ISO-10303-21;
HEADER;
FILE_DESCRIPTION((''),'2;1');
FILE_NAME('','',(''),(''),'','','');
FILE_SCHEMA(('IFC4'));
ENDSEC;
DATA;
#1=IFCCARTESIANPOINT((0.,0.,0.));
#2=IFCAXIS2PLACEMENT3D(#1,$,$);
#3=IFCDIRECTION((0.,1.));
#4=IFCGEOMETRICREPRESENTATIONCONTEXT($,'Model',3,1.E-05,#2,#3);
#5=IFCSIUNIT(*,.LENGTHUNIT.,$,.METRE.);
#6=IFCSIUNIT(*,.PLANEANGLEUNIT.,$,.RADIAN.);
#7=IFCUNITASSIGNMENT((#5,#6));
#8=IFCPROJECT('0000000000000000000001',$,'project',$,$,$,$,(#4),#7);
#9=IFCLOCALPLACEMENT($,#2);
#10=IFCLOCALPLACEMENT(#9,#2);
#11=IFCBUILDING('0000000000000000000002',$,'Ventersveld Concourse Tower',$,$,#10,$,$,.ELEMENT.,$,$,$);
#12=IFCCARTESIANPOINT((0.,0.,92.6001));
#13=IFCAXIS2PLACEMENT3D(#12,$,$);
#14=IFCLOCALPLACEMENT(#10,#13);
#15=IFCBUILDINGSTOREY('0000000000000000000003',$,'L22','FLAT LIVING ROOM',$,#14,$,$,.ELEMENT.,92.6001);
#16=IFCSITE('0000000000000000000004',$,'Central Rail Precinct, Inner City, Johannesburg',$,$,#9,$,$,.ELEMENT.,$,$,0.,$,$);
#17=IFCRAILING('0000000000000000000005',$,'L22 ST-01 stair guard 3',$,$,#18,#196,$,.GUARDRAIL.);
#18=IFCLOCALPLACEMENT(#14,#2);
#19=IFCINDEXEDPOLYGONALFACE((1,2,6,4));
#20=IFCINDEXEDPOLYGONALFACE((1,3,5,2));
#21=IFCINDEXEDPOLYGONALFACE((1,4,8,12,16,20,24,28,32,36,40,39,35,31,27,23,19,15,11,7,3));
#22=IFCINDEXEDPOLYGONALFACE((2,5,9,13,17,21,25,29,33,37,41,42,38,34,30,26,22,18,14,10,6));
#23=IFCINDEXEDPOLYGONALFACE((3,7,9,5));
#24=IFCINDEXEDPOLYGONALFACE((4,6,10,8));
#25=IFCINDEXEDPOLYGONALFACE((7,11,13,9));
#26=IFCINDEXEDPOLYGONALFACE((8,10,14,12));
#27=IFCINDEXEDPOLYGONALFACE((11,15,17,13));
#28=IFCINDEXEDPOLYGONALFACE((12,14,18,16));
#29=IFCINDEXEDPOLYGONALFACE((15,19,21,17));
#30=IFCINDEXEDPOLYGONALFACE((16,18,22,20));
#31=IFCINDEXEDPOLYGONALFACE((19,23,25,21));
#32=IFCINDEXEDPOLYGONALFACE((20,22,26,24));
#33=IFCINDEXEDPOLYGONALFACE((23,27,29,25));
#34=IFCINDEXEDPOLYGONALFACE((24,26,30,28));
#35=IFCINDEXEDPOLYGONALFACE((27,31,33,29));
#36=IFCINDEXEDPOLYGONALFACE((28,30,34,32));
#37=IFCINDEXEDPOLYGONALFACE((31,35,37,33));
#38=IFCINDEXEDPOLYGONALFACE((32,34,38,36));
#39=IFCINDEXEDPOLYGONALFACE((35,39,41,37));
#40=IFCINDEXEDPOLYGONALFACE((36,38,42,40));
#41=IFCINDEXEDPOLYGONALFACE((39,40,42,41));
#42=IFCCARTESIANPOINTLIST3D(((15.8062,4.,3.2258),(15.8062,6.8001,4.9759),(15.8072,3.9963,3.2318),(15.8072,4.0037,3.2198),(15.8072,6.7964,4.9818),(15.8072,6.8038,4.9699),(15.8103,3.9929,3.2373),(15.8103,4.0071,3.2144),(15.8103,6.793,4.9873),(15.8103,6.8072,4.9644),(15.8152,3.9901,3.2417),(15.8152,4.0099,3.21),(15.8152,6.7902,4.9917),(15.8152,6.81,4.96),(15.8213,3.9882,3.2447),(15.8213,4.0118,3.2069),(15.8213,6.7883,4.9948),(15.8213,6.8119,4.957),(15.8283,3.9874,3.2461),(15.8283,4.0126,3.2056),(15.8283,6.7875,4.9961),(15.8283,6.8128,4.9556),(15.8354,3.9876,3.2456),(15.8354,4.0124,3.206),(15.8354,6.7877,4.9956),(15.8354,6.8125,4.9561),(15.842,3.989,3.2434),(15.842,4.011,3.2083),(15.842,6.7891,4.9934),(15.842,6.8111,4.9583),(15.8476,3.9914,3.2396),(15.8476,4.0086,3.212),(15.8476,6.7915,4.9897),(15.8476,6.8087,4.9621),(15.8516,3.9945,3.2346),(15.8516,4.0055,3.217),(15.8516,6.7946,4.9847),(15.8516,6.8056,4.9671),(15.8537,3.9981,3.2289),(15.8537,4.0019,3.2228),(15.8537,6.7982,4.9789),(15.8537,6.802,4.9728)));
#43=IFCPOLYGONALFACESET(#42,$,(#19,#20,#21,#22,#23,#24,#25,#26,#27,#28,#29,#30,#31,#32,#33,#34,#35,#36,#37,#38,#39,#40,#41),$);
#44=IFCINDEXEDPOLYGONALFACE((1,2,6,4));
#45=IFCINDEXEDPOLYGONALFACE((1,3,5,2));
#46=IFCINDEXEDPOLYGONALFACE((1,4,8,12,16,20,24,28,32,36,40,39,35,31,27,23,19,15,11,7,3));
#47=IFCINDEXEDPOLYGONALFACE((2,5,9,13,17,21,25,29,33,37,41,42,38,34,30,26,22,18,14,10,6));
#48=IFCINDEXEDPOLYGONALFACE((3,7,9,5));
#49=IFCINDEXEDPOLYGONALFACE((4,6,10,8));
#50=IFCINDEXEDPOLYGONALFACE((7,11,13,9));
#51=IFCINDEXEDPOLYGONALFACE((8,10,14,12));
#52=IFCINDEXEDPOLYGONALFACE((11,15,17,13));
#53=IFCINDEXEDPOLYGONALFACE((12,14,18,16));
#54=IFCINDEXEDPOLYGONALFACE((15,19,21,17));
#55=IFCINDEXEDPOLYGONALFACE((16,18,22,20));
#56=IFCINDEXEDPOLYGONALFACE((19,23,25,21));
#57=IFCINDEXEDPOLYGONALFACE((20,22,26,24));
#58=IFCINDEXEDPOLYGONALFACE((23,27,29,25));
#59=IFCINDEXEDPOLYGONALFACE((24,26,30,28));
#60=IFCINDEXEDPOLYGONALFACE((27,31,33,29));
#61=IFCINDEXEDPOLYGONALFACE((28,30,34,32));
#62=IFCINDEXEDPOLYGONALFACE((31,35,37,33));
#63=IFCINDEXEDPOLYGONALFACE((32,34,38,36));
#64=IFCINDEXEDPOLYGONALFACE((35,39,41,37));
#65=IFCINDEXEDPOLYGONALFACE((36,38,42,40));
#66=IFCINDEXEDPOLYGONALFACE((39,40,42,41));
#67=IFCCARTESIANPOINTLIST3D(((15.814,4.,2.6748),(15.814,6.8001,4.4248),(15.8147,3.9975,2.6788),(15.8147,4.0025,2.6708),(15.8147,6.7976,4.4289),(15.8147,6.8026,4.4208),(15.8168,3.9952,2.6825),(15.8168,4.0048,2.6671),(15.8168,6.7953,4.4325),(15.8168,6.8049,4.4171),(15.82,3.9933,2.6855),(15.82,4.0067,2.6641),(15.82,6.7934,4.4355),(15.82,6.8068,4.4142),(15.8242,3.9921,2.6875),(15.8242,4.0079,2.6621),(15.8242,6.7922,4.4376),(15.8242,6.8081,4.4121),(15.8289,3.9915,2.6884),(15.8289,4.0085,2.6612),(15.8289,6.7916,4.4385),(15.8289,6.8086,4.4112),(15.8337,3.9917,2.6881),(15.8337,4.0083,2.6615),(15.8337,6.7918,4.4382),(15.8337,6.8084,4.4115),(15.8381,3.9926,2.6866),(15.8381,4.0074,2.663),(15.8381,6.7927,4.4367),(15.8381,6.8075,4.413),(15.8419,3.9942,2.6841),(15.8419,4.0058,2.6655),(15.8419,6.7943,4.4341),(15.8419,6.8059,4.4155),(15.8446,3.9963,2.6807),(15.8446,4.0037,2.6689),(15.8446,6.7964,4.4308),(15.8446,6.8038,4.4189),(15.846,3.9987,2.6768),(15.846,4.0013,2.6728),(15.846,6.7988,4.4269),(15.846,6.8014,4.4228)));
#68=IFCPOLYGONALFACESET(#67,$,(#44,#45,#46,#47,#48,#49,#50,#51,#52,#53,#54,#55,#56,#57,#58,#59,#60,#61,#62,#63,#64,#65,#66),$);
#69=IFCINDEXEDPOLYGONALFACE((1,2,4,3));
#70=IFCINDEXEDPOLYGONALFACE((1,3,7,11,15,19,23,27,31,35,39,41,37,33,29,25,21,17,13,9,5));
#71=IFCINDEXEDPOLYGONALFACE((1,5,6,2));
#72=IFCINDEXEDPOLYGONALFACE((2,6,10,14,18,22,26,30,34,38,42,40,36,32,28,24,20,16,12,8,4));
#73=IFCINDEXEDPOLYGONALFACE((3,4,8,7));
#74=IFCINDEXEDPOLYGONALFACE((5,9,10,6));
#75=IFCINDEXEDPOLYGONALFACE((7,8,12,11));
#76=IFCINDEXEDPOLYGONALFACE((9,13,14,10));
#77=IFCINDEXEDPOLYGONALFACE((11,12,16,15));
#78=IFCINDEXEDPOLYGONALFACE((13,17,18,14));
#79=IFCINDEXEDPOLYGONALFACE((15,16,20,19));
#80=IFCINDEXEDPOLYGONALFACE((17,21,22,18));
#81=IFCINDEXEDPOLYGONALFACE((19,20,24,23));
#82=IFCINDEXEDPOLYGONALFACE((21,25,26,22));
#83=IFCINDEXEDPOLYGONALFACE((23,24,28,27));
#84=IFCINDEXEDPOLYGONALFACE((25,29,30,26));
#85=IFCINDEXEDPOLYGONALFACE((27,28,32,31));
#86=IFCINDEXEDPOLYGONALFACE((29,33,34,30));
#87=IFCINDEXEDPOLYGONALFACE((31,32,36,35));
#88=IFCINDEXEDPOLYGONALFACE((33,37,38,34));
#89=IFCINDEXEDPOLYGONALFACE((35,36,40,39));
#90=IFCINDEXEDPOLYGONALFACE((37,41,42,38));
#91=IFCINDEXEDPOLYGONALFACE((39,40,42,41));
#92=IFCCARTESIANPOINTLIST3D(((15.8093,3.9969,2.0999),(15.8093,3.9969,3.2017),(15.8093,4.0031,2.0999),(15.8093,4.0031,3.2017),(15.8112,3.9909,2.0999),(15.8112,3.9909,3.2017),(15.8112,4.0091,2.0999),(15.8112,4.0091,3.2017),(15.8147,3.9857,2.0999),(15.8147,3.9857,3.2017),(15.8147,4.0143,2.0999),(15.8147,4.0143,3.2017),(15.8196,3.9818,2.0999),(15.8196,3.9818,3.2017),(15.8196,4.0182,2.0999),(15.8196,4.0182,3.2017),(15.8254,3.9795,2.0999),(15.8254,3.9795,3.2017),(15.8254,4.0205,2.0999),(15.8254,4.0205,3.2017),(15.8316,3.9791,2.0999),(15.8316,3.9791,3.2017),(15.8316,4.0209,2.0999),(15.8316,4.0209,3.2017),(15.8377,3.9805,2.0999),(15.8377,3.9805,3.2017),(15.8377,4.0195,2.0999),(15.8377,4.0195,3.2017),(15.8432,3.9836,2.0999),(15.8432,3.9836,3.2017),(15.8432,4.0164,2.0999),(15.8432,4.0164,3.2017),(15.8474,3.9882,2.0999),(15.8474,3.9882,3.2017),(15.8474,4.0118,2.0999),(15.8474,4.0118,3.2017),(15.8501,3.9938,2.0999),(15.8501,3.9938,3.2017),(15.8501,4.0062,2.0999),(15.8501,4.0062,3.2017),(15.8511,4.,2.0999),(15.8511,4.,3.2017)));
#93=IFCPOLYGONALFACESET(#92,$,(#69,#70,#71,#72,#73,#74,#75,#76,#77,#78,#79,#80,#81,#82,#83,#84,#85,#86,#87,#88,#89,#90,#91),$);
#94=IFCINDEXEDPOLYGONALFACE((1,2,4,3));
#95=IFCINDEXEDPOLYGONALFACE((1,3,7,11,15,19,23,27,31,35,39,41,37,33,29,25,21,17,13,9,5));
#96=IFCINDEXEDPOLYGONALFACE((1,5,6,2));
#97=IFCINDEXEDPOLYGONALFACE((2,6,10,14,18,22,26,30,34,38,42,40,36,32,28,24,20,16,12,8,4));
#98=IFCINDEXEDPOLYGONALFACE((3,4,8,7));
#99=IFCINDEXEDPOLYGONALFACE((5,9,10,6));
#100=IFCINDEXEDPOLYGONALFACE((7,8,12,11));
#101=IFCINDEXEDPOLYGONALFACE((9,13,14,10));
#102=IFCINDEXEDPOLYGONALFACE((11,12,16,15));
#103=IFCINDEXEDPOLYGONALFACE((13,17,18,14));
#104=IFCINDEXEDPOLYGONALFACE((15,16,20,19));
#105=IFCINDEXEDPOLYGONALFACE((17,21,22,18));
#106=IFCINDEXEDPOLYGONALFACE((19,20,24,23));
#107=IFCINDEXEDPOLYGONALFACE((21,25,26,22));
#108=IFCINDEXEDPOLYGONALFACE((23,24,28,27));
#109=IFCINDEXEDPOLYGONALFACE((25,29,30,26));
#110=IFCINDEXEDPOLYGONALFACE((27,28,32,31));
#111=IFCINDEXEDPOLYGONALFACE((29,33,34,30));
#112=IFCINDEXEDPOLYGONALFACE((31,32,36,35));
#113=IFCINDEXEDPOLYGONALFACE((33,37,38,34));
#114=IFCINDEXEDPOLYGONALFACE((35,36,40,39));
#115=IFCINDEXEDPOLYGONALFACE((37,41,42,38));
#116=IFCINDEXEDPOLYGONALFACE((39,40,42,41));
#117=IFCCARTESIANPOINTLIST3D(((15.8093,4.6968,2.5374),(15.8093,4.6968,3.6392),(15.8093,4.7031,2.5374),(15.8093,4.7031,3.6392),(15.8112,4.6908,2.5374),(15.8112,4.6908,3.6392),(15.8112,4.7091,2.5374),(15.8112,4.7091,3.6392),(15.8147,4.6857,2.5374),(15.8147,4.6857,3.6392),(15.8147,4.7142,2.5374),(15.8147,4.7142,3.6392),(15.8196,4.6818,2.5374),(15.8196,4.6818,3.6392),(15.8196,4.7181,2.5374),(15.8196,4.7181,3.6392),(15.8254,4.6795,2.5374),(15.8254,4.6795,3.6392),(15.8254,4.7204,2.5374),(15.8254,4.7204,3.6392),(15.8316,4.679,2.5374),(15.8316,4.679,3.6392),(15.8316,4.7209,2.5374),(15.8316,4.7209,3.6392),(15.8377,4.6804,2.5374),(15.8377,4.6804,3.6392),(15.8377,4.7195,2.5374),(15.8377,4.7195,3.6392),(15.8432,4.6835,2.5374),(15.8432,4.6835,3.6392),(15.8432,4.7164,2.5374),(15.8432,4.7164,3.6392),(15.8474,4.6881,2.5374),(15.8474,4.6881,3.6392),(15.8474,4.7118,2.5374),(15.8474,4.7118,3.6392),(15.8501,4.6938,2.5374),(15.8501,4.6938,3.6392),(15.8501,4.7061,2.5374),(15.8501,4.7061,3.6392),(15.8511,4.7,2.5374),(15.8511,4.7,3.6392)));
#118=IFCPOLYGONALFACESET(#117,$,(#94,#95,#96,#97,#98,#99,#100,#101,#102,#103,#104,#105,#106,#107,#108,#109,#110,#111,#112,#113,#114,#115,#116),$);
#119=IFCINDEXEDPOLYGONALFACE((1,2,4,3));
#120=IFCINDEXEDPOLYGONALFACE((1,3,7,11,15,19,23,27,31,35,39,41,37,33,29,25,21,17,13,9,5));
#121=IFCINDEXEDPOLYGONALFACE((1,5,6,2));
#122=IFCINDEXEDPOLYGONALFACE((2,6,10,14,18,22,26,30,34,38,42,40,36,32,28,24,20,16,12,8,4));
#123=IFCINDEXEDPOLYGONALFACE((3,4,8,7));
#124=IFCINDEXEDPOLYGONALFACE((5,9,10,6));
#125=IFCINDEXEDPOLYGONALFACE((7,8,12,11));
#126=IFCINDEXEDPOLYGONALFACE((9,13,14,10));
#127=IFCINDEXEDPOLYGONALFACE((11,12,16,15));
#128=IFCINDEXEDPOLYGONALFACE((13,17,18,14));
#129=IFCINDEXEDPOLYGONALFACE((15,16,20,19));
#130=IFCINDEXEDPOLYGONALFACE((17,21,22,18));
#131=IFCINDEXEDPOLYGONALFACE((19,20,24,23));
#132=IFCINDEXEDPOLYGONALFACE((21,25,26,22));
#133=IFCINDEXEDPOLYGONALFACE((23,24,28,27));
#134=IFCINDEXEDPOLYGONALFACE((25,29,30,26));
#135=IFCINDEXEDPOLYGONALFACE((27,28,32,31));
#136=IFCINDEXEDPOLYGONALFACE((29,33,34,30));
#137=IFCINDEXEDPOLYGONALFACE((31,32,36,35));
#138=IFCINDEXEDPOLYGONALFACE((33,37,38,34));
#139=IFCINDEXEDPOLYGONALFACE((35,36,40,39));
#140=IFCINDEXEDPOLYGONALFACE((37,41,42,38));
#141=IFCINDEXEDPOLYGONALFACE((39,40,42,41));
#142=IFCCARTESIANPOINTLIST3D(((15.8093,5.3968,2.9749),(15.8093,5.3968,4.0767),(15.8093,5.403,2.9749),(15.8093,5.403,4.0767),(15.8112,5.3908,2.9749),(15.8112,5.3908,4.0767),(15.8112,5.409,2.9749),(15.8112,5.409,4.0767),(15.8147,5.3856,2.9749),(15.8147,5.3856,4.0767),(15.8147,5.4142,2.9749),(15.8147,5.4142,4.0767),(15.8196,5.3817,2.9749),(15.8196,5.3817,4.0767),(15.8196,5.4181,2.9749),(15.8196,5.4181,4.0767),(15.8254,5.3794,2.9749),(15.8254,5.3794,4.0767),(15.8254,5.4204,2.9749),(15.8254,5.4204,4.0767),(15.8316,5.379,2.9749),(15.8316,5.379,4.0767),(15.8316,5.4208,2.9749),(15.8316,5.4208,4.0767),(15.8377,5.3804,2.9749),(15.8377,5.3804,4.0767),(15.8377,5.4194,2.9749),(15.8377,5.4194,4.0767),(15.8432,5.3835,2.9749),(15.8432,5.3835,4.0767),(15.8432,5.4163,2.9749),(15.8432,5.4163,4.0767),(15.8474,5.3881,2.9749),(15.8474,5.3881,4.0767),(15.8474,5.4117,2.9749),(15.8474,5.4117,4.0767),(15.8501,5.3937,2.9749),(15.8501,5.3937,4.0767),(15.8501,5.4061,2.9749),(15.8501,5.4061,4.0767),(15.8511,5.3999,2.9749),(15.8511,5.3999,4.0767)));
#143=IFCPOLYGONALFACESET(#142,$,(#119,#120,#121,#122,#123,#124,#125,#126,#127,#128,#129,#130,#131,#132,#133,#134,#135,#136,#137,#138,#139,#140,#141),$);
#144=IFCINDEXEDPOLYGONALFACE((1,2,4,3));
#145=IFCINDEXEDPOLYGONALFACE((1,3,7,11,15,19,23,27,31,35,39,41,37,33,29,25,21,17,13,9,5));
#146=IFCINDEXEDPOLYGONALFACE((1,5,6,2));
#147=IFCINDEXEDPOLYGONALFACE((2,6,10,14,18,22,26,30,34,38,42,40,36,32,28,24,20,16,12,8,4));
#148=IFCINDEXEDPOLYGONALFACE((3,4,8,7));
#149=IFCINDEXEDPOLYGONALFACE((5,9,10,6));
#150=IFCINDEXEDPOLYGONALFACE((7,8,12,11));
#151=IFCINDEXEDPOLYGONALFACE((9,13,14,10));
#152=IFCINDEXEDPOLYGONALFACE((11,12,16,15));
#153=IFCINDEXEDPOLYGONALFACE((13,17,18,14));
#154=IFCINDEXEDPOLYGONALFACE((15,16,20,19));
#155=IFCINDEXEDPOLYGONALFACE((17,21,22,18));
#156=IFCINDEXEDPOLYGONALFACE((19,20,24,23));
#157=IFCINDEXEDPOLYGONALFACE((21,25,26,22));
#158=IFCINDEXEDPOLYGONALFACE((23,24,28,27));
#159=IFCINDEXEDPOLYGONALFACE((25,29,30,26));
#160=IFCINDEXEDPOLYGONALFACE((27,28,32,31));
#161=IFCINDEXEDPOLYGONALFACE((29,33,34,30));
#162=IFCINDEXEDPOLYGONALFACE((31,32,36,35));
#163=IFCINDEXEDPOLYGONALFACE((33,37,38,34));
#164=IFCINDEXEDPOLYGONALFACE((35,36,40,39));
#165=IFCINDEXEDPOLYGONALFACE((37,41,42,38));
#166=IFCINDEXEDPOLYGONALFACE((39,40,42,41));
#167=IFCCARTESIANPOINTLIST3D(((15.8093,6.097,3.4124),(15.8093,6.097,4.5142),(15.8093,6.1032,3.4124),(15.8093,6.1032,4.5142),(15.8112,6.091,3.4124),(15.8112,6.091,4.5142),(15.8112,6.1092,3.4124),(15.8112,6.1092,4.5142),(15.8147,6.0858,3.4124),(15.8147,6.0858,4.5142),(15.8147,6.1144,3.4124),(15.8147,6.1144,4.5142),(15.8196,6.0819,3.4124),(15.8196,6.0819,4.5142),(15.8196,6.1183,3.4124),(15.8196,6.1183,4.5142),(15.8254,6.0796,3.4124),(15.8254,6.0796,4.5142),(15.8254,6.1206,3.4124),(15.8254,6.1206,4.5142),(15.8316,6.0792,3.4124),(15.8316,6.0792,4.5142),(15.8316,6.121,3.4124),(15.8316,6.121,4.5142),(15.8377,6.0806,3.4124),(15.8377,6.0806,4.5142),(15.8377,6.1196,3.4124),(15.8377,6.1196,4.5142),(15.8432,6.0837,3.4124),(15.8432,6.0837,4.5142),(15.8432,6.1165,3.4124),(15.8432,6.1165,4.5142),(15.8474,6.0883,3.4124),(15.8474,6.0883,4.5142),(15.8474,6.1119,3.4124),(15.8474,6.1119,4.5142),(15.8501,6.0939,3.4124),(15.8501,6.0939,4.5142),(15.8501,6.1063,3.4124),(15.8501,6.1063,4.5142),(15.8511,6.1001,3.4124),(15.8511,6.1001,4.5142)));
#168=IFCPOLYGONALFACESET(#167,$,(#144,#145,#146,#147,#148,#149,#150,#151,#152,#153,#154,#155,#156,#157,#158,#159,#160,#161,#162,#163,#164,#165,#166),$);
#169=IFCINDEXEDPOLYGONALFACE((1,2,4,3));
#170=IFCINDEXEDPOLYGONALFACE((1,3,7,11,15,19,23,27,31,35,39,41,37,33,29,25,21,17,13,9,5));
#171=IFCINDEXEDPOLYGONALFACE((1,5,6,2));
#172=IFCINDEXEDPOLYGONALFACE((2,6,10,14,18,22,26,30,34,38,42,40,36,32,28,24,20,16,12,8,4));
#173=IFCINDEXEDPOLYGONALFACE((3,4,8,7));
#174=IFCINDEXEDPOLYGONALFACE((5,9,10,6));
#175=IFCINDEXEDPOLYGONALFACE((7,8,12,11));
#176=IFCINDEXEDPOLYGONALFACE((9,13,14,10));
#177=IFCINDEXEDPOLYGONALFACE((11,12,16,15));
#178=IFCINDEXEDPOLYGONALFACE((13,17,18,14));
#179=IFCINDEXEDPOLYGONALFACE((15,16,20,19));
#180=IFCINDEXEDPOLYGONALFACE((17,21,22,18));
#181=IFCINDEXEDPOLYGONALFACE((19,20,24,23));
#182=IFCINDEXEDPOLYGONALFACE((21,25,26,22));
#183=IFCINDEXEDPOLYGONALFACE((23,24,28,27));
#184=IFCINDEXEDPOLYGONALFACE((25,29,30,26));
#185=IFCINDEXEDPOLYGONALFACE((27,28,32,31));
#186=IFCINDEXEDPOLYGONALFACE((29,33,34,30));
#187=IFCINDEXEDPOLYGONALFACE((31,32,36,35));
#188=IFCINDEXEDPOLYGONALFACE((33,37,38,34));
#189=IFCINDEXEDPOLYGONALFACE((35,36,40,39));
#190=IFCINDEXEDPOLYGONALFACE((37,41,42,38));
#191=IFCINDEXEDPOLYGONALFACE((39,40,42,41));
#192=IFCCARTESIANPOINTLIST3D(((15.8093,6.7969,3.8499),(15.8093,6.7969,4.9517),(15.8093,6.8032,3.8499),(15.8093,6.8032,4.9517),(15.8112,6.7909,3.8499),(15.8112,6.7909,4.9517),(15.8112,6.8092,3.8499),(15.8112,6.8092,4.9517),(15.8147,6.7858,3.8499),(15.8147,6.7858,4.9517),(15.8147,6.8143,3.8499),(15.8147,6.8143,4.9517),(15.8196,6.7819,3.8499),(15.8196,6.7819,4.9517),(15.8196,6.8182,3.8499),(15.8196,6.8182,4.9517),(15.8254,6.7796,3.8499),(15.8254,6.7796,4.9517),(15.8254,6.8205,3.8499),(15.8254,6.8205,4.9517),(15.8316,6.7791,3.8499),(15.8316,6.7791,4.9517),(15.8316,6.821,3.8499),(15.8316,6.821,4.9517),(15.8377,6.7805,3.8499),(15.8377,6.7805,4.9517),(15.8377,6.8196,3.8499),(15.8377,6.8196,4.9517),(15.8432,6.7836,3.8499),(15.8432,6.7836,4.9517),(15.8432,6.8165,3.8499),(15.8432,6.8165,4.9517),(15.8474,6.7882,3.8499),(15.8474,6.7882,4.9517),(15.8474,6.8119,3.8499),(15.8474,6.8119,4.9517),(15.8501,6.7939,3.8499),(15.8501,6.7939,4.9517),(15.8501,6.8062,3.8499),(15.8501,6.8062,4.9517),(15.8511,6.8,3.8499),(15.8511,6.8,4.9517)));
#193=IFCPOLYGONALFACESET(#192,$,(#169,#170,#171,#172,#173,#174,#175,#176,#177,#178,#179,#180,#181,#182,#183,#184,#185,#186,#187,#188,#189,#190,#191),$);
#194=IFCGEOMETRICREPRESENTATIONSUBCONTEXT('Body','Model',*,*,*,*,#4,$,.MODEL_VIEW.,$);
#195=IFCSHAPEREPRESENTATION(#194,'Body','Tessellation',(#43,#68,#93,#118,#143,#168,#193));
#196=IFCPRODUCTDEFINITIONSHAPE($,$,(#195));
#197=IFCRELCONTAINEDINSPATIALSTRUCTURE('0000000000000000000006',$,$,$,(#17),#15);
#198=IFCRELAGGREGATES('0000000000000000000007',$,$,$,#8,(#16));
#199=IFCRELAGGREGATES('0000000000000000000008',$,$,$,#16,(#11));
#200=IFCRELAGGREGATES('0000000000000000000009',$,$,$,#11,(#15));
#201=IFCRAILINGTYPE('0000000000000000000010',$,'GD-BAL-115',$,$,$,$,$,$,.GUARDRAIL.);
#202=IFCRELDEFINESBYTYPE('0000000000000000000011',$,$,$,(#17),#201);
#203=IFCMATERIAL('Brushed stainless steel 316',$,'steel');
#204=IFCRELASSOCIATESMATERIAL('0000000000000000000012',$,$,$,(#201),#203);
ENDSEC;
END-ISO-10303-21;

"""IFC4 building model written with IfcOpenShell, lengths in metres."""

from ifc_helpers import new_model, si_unit, direction, frame, origin, origin_2d, place, context, subcontext, project, spatial, circle, extrude, material, type_object, element, save


model = new_model("IFC4")

# Units and contexts
model_context = context("Model", 3, precision=1e-05, world=origin(), true_north=direction((0.0, 1.0)))
body_context = subcontext(model_context, "Body", "Model", "MODEL_VIEW")
ifc_project = project(units=[si_unit("LENGTHUNIT", "METRE"), si_unit("PLANEANGLEUNIT", "RADIAN")], contexts=[model_context])

# Site, building, storey
site_placement = place(None, origin())
site = spatial("IfcSite", under=ifc_project, at=site_placement, Name="Central Rail Precinct, Inner City, Johannesburg", CompositionType="ELEMENT", RefElevation=0.0)
building_placement = place(site_placement, origin())
building = spatial("IfcBuilding", under=site, at=building_placement, Name="Ventersveld Concourse Tower", CompositionType="ELEMENT")
storey_placement = place(building_placement, frame((0.0, 0.0, 92.6001)))
storey = spatial("IfcBuildingStorey", under=building, at=storey_placement, Name="L22", Description="FLAT LIVING ROOM", CompositionType="ELEMENT", Elevation=92.6001)

# Shared definitions
ifc_material_1 = material(Name="Brushed stainless steel 316", Category="steel")

# Railing
railing_type_1 = type_object("IfcRailingType", Name="GD-BAL-115", PredefinedType="GUARDRAIL", material=ifc_material_1)
railing_1_placement = place(storey_placement, frame((15.8301, 4.0, 2.0999)))
element("IfcRailing", 1, at=railing_1_placement, inside=storey, type_object=railing_type_1, Name="L22 ST-01 stair guard 3", PredefinedType="GUARDRAIL", context=body_context, shape_type="SweptSolid", body=[
    extrude(circle(Radius=0.0239, at=origin_2d()), frame((0.0, 0.0, 1.126), z_axis=(0.0, 0.848002, 0.529992), x_axis=(-1.0, 0.0, 0.0)), (0.0, 0.0, 1.0), 3.302),
    extrude(circle(Radius=0.0161, at=origin_2d()), frame((0.0, 0.0, 0.575), z_axis=(0.0, 0.848002, 0.529992), x_axis=(-1.0, 0.0, 0.0)), (0.0, 0.0, 1.0), 3.302),
    extrude(circle(Radius=0.021, at=origin_2d()), origin(), (0.0, 0.0, 1.0), 1.1018),
    extrude(circle(Radius=0.021, at=origin_2d()), frame((0.0, 0.7, 0.4375)), (0.0, 0.0, 1.0), 1.1018),
    extrude(circle(Radius=0.021, at=origin_2d()), frame((0.0, 1.3999, 0.875)), (0.0, 0.0, 1.0), 1.1018),
    extrude(circle(Radius=0.021, at=origin_2d()), frame((0.0, 2.1001, 1.3125)), (0.0, 0.0, 1.0), 1.1018),
    extrude(circle(Radius=0.021, at=origin_2d()), frame((0.0, 2.8, 1.75)), (0.0, 0.0, 1.0), 1.1018),
])

save(model, "model.ifc")
